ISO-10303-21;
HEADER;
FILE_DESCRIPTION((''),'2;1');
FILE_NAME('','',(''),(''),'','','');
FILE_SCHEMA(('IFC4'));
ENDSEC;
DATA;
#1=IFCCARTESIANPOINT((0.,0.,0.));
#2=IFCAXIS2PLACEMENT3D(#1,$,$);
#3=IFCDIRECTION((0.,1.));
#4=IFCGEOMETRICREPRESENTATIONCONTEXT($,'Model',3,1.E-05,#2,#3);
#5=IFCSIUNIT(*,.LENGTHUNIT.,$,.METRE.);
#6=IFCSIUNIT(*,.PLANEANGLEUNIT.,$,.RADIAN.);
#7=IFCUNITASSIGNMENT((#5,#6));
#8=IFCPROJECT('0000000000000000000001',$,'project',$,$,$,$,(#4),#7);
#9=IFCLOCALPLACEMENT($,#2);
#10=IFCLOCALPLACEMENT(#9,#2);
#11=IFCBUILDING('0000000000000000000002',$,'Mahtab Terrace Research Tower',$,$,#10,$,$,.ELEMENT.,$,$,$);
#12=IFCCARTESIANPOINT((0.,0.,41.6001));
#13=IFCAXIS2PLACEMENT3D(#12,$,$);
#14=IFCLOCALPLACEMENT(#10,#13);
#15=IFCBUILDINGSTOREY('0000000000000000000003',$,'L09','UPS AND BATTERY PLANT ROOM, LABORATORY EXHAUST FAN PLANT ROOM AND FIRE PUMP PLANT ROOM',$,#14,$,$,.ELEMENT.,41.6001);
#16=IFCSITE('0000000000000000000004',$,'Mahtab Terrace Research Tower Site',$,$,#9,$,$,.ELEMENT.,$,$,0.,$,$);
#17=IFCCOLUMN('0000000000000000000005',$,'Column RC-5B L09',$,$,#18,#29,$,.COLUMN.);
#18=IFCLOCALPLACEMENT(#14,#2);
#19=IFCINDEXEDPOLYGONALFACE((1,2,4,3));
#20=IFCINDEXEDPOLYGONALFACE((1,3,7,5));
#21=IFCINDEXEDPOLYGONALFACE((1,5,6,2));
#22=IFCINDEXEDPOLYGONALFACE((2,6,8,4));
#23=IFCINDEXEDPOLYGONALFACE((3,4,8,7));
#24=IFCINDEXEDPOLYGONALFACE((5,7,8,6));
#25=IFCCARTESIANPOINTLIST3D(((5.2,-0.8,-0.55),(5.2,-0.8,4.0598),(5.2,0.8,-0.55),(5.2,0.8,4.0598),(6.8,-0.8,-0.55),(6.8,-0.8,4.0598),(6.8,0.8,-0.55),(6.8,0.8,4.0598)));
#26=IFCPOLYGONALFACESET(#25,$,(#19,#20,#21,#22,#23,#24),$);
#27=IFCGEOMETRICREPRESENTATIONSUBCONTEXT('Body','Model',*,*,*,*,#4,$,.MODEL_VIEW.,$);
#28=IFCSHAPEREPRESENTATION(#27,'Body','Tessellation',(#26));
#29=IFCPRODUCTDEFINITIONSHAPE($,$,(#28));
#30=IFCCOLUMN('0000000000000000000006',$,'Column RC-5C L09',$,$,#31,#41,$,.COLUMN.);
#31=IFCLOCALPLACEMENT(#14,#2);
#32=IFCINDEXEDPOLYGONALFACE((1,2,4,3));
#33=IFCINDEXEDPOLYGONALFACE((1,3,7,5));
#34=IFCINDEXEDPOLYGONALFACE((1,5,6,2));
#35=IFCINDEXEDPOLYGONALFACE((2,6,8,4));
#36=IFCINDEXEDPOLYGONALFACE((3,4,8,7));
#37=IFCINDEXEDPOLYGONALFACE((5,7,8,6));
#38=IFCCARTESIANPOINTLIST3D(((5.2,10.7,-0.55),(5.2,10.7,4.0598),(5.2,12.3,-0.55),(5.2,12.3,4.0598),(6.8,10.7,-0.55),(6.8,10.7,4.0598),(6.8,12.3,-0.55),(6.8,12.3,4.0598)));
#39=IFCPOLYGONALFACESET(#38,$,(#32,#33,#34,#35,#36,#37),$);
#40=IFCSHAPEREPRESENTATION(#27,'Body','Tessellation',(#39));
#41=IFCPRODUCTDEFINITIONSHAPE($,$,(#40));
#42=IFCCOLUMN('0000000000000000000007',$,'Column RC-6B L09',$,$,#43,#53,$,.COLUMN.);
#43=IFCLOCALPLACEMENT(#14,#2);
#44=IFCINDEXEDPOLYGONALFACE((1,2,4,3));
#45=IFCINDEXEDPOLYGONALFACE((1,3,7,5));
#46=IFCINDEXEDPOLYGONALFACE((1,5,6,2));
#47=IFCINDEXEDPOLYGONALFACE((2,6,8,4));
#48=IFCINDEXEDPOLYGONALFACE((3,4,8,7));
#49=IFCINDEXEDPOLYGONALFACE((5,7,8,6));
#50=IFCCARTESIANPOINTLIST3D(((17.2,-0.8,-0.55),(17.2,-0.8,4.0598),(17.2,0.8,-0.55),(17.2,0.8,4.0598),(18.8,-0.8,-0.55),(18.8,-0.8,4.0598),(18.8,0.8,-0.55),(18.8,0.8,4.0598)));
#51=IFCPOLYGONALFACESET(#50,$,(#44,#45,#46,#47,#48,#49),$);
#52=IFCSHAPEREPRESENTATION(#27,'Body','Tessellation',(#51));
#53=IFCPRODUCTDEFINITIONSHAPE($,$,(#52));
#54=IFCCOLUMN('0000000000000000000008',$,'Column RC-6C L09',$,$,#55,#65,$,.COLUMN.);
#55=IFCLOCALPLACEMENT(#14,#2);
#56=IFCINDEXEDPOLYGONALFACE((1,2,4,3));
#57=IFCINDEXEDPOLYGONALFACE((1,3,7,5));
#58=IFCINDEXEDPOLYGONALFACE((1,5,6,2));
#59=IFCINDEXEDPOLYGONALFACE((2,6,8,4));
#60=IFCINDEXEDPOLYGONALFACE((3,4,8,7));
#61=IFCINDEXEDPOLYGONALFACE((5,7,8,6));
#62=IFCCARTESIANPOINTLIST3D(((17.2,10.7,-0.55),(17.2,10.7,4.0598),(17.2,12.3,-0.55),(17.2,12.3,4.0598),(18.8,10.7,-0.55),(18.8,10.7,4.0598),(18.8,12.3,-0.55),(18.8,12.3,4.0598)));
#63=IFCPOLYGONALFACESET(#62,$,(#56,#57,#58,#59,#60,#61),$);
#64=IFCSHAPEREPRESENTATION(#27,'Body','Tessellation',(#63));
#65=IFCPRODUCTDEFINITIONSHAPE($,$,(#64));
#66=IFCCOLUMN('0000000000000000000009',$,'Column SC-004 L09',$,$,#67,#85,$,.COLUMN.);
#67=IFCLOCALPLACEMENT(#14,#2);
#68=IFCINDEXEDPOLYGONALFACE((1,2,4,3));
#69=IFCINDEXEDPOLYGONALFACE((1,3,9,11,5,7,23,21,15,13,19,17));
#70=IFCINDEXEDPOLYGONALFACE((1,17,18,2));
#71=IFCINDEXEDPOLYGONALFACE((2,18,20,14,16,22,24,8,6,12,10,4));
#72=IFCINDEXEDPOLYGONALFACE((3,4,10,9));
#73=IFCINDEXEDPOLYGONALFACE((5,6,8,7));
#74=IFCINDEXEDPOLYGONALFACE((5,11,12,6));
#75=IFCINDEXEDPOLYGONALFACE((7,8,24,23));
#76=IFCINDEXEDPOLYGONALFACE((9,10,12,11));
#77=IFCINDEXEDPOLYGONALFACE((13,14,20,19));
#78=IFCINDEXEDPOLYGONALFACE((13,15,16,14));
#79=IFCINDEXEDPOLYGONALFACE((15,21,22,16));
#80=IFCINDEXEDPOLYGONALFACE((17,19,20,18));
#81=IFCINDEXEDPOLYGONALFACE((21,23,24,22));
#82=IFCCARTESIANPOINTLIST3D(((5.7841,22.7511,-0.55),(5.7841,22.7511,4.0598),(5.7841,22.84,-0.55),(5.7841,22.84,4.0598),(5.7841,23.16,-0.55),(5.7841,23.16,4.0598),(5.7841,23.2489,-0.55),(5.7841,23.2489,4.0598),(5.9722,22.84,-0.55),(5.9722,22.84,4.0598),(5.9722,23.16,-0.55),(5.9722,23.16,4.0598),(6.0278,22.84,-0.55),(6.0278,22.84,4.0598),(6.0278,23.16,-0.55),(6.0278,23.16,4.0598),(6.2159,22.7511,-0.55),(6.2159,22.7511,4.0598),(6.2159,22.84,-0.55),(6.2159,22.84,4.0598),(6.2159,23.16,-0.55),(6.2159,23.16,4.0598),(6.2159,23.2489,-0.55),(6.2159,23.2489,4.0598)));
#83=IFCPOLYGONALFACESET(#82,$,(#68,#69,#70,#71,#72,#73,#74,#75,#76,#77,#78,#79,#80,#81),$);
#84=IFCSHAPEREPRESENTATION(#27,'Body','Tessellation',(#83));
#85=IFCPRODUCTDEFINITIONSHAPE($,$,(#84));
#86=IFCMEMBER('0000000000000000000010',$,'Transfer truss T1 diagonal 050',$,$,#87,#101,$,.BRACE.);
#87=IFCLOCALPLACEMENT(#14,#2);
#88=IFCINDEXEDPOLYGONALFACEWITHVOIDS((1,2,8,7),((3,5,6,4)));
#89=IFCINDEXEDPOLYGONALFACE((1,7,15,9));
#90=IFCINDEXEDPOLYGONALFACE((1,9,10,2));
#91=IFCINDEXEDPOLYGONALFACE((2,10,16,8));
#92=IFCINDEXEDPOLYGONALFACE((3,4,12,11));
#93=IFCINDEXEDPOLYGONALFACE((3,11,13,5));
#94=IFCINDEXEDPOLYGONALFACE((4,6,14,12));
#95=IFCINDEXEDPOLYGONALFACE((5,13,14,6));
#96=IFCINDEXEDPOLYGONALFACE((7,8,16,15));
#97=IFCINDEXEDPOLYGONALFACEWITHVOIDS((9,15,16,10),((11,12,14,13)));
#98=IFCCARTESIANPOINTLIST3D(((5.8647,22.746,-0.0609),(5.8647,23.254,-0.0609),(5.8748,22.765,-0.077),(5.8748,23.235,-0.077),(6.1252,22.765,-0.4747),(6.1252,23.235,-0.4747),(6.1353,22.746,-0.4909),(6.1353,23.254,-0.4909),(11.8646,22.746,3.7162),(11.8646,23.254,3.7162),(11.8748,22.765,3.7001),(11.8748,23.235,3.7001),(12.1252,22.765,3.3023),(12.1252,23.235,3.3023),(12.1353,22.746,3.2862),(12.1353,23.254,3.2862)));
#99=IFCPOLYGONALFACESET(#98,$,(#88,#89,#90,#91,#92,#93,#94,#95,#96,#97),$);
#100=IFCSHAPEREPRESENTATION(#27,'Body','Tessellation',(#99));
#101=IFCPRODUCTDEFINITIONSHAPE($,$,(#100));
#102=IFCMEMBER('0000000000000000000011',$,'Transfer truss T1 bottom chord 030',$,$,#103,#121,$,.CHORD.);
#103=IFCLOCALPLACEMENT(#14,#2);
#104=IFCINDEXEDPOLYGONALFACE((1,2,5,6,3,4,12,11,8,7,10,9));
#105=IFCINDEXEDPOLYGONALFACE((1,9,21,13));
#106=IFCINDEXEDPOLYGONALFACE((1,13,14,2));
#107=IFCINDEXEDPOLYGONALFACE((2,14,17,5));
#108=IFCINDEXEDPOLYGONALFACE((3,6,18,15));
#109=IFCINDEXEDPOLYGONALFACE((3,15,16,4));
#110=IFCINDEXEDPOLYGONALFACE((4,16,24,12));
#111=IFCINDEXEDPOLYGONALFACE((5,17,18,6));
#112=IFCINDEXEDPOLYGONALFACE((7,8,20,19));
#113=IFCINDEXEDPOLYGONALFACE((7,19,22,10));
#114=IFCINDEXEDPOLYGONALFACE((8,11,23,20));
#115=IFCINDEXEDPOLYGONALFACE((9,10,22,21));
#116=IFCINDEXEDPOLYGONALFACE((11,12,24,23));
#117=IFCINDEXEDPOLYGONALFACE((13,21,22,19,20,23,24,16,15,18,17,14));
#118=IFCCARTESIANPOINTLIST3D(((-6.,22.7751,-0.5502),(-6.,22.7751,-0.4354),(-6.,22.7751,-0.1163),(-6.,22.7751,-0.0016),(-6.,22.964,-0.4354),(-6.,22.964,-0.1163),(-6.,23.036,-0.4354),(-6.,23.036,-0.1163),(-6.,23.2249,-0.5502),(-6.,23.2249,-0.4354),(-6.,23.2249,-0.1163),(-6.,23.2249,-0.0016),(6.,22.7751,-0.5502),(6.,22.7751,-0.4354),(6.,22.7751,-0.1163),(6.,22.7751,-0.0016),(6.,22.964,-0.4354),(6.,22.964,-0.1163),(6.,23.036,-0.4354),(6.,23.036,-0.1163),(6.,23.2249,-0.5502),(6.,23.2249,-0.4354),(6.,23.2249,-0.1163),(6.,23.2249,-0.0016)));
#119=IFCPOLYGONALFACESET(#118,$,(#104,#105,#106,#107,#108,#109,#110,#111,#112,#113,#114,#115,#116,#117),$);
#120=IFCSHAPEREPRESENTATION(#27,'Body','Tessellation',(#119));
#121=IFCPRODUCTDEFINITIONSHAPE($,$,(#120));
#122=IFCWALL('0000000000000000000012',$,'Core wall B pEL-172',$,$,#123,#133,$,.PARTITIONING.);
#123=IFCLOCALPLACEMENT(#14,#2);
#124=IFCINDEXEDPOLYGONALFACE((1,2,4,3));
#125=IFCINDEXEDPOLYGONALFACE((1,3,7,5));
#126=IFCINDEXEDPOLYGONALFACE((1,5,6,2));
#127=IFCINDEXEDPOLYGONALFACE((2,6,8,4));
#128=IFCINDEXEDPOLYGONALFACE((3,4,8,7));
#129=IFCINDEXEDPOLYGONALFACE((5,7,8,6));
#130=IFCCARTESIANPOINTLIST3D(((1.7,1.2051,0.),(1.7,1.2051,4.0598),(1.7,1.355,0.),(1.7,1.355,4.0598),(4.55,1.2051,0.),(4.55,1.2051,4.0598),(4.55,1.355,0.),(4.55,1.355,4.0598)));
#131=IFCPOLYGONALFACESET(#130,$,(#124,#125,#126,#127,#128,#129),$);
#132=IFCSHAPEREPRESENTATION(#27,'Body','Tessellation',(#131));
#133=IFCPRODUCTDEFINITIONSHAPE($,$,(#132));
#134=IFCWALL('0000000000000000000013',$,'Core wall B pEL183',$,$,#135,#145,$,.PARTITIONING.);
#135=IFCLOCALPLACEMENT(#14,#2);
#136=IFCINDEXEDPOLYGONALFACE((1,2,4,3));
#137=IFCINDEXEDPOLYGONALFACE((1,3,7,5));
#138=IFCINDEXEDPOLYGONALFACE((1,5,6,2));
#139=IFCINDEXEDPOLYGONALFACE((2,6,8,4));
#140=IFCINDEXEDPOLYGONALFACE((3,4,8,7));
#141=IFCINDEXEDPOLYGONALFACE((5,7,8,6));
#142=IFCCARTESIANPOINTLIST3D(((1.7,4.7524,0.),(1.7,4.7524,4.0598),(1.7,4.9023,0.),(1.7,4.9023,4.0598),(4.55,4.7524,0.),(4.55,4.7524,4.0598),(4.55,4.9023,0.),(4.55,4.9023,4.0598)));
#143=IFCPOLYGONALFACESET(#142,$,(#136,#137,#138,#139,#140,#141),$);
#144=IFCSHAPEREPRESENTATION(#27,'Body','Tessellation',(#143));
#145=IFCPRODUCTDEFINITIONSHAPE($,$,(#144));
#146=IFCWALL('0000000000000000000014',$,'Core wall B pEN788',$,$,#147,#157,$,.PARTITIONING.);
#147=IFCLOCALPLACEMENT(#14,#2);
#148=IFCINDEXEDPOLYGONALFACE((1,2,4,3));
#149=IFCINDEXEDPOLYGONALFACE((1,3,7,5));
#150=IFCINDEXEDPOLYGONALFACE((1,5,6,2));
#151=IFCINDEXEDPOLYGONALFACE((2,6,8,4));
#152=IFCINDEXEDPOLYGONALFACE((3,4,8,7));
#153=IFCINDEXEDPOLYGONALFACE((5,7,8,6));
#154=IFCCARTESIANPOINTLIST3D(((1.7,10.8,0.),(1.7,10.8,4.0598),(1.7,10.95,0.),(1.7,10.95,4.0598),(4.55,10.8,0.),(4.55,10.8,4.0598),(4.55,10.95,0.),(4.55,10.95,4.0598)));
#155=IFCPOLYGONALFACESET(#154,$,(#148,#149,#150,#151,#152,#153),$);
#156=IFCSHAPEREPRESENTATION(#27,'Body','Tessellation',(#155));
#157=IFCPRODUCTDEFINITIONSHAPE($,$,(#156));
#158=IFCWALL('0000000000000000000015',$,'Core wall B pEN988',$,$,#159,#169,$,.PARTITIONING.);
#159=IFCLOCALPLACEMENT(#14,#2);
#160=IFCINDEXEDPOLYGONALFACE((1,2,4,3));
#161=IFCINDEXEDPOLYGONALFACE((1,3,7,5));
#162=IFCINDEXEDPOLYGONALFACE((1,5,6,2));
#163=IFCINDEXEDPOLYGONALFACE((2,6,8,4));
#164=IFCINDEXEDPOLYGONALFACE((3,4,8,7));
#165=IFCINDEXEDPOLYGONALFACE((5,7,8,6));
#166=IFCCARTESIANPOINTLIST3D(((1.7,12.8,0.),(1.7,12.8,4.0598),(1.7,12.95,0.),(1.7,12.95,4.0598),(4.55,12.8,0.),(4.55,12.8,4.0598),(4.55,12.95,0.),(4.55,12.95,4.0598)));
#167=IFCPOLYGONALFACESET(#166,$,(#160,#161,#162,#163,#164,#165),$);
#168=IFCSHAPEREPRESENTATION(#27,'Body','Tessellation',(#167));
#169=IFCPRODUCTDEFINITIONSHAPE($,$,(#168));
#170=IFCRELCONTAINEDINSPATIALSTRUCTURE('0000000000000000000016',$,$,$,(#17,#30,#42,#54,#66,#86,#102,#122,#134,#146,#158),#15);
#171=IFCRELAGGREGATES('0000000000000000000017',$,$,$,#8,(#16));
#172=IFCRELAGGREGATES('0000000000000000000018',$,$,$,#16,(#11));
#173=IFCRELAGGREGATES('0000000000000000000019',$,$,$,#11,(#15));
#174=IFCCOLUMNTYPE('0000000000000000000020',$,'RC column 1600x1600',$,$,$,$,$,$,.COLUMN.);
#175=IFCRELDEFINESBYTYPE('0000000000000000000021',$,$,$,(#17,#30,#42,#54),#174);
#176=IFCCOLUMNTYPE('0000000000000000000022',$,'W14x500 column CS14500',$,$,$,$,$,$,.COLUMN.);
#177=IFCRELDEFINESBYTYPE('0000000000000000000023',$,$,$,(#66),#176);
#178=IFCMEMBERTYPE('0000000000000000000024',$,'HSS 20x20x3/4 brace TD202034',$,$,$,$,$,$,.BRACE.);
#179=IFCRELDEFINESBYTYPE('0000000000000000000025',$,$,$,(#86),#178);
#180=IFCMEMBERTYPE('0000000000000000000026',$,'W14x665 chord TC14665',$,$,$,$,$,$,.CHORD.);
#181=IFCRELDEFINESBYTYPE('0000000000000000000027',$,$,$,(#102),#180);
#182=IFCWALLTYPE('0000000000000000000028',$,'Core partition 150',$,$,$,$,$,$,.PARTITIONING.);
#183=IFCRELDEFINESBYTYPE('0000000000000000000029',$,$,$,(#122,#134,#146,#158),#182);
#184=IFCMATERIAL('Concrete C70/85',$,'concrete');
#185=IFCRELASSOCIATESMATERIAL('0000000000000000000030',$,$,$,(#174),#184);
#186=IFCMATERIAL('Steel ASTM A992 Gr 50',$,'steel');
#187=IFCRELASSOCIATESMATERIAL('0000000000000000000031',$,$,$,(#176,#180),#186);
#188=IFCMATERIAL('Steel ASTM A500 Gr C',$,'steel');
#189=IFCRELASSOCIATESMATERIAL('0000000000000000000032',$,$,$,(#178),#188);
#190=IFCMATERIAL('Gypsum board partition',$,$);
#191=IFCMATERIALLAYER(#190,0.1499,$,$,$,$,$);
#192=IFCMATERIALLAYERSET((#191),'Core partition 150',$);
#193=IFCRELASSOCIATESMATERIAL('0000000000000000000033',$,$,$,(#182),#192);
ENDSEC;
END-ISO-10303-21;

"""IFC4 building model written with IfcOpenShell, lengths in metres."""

from ifc_helpers import new_model, si_unit, direction, frame, frame_2d, origin, origin_2d, place, context, subcontext, project, spatial, rectangle, hollow_rectangle, i_section, extrude, material, layer, layer_set, material_profile, profile_set, type_object, element, save


model = new_model("IFC4")

# Units and contexts
model_context = context("Model", 3, precision=1e-05, world=origin(), true_north=direction((0.0, 1.0)))
body_context = subcontext(model_context, "Body", "Model", "MODEL_VIEW")
ifc_project = project(units=[si_unit("LENGTHUNIT", "METRE"), si_unit("PLANEANGLEUNIT", "RADIAN")], contexts=[model_context])

# Site, building, storey
site_placement = place(None, origin())
site = spatial("IfcSite", under=ifc_project, at=site_placement, Name="Mahtab Terrace Research Tower Site", CompositionType="ELEMENT", RefElevation=0.0)
building_placement = place(site_placement, origin())
building = spatial("IfcBuilding", under=site, at=building_placement, Name="Mahtab Terrace Research Tower", CompositionType="ELEMENT")
storey_placement = place(building_placement, frame((0.0, 0.0, 41.6001)))
storey = spatial("IfcBuildingStorey", under=building, at=storey_placement, Name="L09", Description="UPS AND BATTERY PLANT ROOM, LABORATORY EXHAUST FAN PLANT ROOM AND FIRE PUMP PLANT ROOM", CompositionType="ELEMENT", Elevation=41.6001)

# Columns
ifc_material_1 = material(Name="Concrete C70/85", Category="concrete")
ifc_material_profile_1 = material_profile(ifc_material_1, rectangle(XDim=1.6001, YDim=1.6001, at=origin_2d()), Name="RC column 1600x1600")
ifc_profile_set_1 = profile_set([ifc_material_profile_1], Name="Concrete C70/85")
column_type_1 = type_object("IfcColumnType", Name="RC column 1600x1600", PredefinedType="COLUMN", material=ifc_profile_set_1)
for number, where, z_axis, x_axis, name in (
    (1, (6.0, 0.0, -0.55), (0.0, 0.0, 1.0), (1.0, 0.0, 0.0), "Column RC-5B L09"),
    (2, (6.0, 11.5, -0.55), (0.0, 0.0, 1.0), (1.0, 0.0, 0.0), "Column RC-5C L09"),
    (3, (18.0, 0.0, -0.55), (0.0, 0.0, 1.0), (1.0, 0.0, 0.0), "Column RC-6B L09"),
    (4, (18.0, 11.5, -0.55), (0.0, 0.0, 1.0), (1.0, 0.0, 0.0), "Column RC-6C L09"),
):
    element("IfcColumn", number, at=place(storey_placement, frame(where, z_axis=z_axis, x_axis=x_axis)), inside=storey, type_object=column_type_1, Name=name, PredefinedType="COLUMN", context=body_context, shape_type="SweptSolid", body=[
        extrude(rectangle(XDim=1.6001, YDim=1.6001, at=origin_2d()), origin(), (0.0, 0.0, 1.0), 4.6099),
    ])
ifc_material_2 = material(Name="Steel ASTM A992 Gr 50", Category="steel")
ifc_material_profile_2 = material_profile(ifc_material_2, i_section(OverallWidth=0.4319, OverallDepth=0.4978, WebThickness=0.0557, FlangeThickness=0.0889, at=origin_2d()), Name="W14X500")
ifc_profile_set_2 = profile_set([ifc_material_profile_2], Name="Steel ASTM A992 Gr 50")
column_type_2 = type_object("IfcColumnType", Name="W14x500 column CS14500", PredefinedType="COLUMN", material=ifc_profile_set_2)
column_placement = place(storey_placement, frame((6.0, 23.0, -0.55), z_axis=(0.0, 0.0, 1.0), x_axis=(1.0, 0.0, 0.0)))
element("IfcColumn", 5, at=column_placement, inside=storey, type_object=column_type_2, Name="Column SC-004 L09", PredefinedType="COLUMN", context=body_context, shape_type="SweptSolid", body=[
    extrude(i_section(OverallWidth=0.4319, OverallDepth=0.4978, WebThickness=0.0557, FlangeThickness=0.0889, at=origin_2d()), origin(), (0.0, 0.0, 1.0), 4.6099),
])

# Members
ifc_material_3 = material(Name="Steel ASTM A500 Gr C", Category="steel")
ifc_material_profile_3 = material_profile(ifc_material_3, hollow_rectangle(XDim=0.5081, YDim=0.5081, WallThickness=0.019, at=origin_2d()), Name="HSS20X20X3/4")
ifc_profile_set_3 = profile_set([ifc_material_profile_3], Name="Steel ASTM A500 Gr C")
member_type_1 = type_object("IfcMemberType", Name="HSS 20x20x3/4 brace TD202034", PredefinedType="BRACE", material=ifc_profile_set_3)
member_1_placement = place(storey_placement, frame((6.0, 23.0, -0.2759), z_axis=(0.846276, 0.0, 0.532745), x_axis=(0.0, 1.0, 0.0)))
element("IfcMember", 6, at=member_1_placement, inside=storey, type_object=member_type_1, Name="Transfer truss T1 diagonal 050", PredefinedType="BRACE", context=body_context, shape_type="SweptSolid", body=[
    extrude(hollow_rectangle(XDim=0.5081, YDim=0.5081, WallThickness=0.019, at=origin_2d()), origin(), (0.0, 0.0, 1.0), 7.0898),
])
ifc_material_profile_4 = material_profile(ifc_material_2, i_section(OverallWidth=0.4497, OverallDepth=0.5486, WebThickness=0.072, FlangeThickness=0.1147, at=origin_2d()), Name="W14X665")
ifc_profile_set_4 = profile_set([ifc_material_profile_4], Name="Steel ASTM A992 Gr 50")
member_type_2 = type_object("IfcMemberType", Name="W14x665 chord TC14665", PredefinedType="CHORD", material=ifc_profile_set_4)
member_2_placement = place(storey_placement, frame((6.0, 23.0, -0.2759), z_axis=(-1.0, 0.0, 0.0), x_axis=(0.0, -1.0, 0.0)))
element("IfcMember", 7, at=member_2_placement, inside=storey, type_object=member_type_2, Name="Transfer truss T1 bottom chord 030", PredefinedType="CHORD", context=body_context, shape_type="SweptSolid", body=[
    extrude(i_section(OverallWidth=0.4497, OverallDepth=0.5486, WebThickness=0.072, FlangeThickness=0.1147, at=origin_2d()), origin(), (0.0, 0.0, 1.0), 12.0),
])

# Walls
ifc_material_4 = material(Name="Gypsum board partition")
ifc_layer_1 = layer(ifc_material_4, 0.1499)
ifc_layer_set_1 = layer_set([ifc_layer_1], Name="Core partition 150")
wall_type_1 = type_object("IfcWallType", Name="Core partition 150", PredefinedType="PARTITIONING", material=ifc_layer_set_1)
for number, where, z_axis, x_axis, name in (
    (8, (1.7, 1.28, 0.0), (0.0, 0.0, 1.0), (1.0, 0.0, 0.0), "Core wall B pEL-172"),
    (9, (1.7, 4.8274, 0.0), (0.0, 0.0, 1.0), (1.0, 0.0, 0.0), "Core wall B pEL183"),
    (10, (1.7, 10.875, 0.0), (0.0, 0.0, 1.0), (1.0, 0.0, 0.0), "Core wall B pEN788"),
    (11, (1.7, 12.875, 0.0), (0.0, 0.0, 1.0), (1.0, 0.0, 0.0), "Core wall B pEN988"),
):
    element("IfcWall", number, at=place(storey_placement, frame(where, z_axis=z_axis, x_axis=x_axis)), inside=storey, type_object=wall_type_1, Name=name, PredefinedType="PARTITIONING", context=body_context, shape_type="SweptSolid", body=[
        extrude(rectangle(XDim=2.8501, YDim=0.1499, at=frame_2d((1.425, 0.0))), origin(), (0.0, 0.0, 1.0), 4.0598),
    ])

save(model, "model.ifc")
